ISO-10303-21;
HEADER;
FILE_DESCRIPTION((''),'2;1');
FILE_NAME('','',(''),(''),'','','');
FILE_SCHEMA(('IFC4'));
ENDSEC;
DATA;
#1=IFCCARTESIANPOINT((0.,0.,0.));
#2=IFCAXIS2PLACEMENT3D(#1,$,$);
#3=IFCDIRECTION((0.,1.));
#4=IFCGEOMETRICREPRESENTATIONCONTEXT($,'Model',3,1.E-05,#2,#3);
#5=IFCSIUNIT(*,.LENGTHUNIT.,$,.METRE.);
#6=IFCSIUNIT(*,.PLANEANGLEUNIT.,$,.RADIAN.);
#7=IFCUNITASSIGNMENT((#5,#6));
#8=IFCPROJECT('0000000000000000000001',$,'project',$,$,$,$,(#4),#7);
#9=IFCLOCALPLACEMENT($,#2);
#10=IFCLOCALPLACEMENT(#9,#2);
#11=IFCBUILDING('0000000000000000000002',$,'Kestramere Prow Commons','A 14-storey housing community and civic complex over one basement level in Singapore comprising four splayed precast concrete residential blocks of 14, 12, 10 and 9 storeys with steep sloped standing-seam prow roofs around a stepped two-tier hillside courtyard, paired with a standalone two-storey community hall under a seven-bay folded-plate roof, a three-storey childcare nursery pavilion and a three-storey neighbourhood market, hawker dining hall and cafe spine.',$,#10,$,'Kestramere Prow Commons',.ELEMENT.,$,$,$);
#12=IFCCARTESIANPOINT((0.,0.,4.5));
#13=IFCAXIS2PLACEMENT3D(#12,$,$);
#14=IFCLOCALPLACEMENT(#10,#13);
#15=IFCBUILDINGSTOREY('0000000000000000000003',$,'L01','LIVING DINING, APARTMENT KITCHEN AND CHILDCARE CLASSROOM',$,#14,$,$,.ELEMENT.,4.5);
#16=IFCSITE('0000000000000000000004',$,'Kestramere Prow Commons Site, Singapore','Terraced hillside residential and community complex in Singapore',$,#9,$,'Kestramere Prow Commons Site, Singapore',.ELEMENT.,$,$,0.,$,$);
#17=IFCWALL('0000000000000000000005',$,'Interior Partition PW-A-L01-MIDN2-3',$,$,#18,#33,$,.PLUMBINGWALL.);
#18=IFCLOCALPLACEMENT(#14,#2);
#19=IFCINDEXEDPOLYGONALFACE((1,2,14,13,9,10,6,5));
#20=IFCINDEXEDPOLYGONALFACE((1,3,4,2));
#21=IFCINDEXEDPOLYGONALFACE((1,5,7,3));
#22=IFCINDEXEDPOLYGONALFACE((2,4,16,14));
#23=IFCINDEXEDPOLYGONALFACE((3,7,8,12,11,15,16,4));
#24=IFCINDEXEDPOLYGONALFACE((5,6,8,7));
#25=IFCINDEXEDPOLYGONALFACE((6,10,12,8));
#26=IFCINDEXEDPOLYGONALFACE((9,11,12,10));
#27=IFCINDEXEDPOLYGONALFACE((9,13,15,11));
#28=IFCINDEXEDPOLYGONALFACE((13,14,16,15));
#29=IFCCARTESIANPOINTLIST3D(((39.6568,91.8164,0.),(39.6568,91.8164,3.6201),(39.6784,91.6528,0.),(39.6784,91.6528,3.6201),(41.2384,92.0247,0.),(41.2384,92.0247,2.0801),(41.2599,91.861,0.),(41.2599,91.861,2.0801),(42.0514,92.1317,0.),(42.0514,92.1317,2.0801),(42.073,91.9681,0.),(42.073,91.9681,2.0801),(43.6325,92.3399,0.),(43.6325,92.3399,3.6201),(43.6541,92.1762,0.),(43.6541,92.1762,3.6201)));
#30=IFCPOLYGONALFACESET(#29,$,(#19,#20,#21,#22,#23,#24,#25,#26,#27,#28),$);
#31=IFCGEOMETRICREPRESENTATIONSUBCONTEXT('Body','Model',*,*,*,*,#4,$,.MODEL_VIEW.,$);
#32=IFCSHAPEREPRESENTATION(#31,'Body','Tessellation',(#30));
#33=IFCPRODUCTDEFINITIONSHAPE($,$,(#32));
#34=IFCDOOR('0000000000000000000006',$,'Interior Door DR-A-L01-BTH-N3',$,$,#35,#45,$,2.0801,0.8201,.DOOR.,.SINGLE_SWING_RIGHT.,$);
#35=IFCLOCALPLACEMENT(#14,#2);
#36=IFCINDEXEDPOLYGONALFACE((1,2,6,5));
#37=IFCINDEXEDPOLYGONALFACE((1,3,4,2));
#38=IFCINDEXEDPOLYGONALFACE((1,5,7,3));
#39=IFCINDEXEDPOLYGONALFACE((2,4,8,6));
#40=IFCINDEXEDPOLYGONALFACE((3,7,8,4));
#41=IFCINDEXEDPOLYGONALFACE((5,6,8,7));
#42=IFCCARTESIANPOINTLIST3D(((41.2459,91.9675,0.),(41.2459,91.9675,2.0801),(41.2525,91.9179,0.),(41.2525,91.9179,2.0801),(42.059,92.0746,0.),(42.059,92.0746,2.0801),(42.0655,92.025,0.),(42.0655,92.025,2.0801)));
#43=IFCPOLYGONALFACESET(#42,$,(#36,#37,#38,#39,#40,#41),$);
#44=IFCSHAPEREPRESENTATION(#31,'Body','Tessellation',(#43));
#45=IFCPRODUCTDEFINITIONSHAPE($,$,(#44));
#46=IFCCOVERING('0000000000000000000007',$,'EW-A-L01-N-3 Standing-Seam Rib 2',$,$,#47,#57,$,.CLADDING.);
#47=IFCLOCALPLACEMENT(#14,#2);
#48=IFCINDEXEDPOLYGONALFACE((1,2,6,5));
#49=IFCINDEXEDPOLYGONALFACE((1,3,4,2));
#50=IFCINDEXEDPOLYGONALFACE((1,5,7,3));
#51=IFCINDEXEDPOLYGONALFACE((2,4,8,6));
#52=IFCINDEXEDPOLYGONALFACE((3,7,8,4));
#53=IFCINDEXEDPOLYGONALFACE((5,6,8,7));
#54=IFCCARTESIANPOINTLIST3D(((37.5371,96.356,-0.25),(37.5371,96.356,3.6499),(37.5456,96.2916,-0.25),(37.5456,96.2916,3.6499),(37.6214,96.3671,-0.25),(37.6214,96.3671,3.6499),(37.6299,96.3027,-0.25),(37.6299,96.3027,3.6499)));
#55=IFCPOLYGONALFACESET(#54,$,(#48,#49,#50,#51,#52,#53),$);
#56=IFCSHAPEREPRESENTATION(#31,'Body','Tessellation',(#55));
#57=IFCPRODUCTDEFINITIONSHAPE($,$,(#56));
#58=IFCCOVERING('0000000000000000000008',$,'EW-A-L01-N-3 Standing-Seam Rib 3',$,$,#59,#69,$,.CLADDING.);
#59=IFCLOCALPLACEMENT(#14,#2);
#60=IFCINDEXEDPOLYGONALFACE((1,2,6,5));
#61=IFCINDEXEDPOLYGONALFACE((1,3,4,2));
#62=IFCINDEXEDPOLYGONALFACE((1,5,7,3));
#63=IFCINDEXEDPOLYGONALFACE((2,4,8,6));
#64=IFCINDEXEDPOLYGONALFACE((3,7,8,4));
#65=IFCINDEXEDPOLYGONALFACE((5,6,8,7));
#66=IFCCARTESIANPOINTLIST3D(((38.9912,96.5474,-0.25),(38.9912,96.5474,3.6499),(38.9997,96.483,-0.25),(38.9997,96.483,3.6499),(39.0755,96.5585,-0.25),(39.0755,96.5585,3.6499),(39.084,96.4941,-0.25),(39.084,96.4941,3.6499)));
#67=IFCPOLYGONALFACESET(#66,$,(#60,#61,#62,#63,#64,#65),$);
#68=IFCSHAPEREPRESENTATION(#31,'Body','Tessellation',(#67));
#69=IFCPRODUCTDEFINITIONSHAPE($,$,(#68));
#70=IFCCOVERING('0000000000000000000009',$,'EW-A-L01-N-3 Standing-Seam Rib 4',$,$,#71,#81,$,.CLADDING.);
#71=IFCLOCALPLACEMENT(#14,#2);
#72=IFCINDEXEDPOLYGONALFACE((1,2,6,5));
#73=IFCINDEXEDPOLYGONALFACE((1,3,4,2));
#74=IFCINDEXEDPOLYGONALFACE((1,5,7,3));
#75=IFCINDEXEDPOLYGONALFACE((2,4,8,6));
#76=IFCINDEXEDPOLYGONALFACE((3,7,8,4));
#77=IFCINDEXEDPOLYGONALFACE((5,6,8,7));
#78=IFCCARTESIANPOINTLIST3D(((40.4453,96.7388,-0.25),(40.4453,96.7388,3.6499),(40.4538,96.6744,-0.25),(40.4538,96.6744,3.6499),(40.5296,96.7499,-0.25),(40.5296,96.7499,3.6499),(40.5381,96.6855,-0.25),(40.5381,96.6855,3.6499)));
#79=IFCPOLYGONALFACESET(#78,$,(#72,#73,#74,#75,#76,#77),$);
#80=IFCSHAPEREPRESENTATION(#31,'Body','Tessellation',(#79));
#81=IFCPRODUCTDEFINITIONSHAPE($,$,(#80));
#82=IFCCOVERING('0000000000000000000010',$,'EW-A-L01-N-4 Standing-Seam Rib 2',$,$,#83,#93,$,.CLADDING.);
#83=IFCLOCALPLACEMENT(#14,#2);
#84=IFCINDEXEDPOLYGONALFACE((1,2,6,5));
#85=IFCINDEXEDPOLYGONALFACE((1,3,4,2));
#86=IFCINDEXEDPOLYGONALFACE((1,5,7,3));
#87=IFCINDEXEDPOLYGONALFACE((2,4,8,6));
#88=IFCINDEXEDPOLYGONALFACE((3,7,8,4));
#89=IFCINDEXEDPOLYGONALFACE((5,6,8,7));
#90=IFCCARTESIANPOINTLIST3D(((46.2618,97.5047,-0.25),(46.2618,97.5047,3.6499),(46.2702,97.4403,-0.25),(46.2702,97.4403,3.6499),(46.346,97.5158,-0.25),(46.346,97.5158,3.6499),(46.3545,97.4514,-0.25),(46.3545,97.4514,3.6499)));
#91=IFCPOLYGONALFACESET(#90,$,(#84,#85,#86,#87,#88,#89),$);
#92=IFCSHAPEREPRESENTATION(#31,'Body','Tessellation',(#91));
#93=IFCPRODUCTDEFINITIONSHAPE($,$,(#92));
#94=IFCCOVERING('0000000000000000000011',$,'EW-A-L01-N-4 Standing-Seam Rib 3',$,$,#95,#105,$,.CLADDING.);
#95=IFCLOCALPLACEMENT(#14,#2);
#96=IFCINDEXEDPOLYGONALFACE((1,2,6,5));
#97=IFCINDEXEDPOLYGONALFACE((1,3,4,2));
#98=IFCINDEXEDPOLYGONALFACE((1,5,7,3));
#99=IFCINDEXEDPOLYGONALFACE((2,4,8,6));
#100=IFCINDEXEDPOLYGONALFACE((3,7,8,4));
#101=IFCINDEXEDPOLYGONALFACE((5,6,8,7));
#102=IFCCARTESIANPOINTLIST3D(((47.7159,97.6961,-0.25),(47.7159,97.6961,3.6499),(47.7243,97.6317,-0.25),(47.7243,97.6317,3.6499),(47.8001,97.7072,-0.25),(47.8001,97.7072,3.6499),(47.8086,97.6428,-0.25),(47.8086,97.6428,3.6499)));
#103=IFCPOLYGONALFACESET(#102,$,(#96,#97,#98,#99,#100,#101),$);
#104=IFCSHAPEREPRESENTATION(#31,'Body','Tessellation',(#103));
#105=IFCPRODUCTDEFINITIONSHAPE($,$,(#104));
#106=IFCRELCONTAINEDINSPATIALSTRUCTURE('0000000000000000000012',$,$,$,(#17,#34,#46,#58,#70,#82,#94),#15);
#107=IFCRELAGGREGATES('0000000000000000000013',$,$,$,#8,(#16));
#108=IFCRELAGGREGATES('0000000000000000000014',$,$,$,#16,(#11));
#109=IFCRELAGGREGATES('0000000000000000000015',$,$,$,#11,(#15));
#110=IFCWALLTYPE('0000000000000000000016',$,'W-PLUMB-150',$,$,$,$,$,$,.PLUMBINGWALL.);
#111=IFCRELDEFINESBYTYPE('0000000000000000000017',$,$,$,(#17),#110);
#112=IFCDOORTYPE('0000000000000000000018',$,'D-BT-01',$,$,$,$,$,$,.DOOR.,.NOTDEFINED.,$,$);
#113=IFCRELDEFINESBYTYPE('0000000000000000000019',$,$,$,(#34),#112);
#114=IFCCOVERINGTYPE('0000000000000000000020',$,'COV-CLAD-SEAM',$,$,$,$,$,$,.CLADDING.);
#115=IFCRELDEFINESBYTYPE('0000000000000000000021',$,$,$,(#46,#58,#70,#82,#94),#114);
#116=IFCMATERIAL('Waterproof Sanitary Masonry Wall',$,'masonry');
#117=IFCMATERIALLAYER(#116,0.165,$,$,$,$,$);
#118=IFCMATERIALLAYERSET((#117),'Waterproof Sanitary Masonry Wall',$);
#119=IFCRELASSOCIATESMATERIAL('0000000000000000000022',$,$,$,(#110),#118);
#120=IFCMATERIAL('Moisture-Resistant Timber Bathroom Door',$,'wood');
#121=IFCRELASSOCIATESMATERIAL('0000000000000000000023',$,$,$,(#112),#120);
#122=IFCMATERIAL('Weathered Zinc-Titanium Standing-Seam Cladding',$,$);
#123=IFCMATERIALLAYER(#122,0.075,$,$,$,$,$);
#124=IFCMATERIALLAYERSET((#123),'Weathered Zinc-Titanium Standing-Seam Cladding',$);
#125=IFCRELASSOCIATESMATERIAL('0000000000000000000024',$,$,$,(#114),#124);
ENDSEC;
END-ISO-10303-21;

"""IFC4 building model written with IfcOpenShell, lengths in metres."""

from ifc_helpers import new_model, si_unit, direction, frame, frame_2d, origin, origin_2d, place, context, subcontext, project, spatial, rectangle, extrude, material, layer, layer_set, type_object, element, fill, save


model = new_model("IFC4")

# Units and contexts
model_context = context("Model", 3, precision=1e-05, world=origin(), true_north=direction((0.0, 1.0)))
body_context = subcontext(model_context, "Body", "Model", "MODEL_VIEW")
ifc_project = project(units=[si_unit("LENGTHUNIT", "METRE"), si_unit("PLANEANGLEUNIT", "RADIAN")], contexts=[model_context])

# Site, building, storey
site_placement = place(None, origin())
site = spatial("IfcSite", under=ifc_project, at=site_placement, Name="Kestramere Prow Commons Site, Singapore", Description="Terraced hillside residential and community complex in Singapore", LongName="Kestramere Prow Commons Site, Singapore", CompositionType="ELEMENT", RefElevation=0.0)
building_placement = place(site_placement, origin())
building = spatial("IfcBuilding", under=site, at=building_placement, Name="Kestramere Prow Commons", Description="A 14-storey housing community and civic complex over one basement level in Singapore comprising four splayed precast concrete residential blocks of 14, 12, 10 and 9 storeys with steep sloped standing-seam prow roofs around a stepped two-tier hillside courtyard, paired with a standalone two-storey community hall under a seven-bay folded-plate roof, a three-storey childcare nursery pavilion and a three-storey neighbourhood market, hawker dining hall and cafe spine.", LongName="Kestramere Prow Commons", CompositionType="ELEMENT")
storey_placement = place(building_placement, frame((0.0, 0.0, 4.5)))
storey = spatial("IfcBuildingStorey", under=building, at=storey_placement, Name="L01", Description="LIVING DINING, APARTMENT KITCHEN AND CHILDCARE CLASSROOM", CompositionType="ELEMENT", Elevation=4.5)

# Wall, opening, door
ifc_material_1 = material(Name="Waterproof Sanitary Masonry Wall", Category="masonry")
ifc_layer_1 = layer(ifc_material_1, 0.165)
ifc_layer_set_1 = layer_set([ifc_layer_1], Name="Waterproof Sanitary Masonry Wall")
wall_type_1 = type_object("IfcWallType", Name="W-PLUMB-150", PredefinedType="PLUMBINGWALL", material=ifc_layer_set_1)
wall_1_placement = place(storey_placement, frame((39.6677, 91.7346, 0.0), z_axis=(0.0, 0.0, 1.0), x_axis=(0.991444, 0.130536, 0.0)))
wall_1 = element("IfcWall", 1, at=wall_1_placement, inside=storey, type_object=wall_type_1, Name="Interior Partition PW-A-L01-MIDN2-3", PredefinedType="PLUMBINGWALL", context=body_context, shape_type="SweptSolid", body=[
    extrude(rectangle(XDim=4.01, YDim=0.165, at=frame_2d((2.0049, 0.0))), origin(), (0.0, 0.0, 1.0), 3.6201),
])
opening_1_placement = place(wall_1_placement, frame((1.595, 0.0, 0.0)))
opening_1 = element("IfcOpeningElement", 2, at=opening_1_placement, cuts=wall_1, PredefinedType="OPENING", context=body_context, shape_type="SweptSolid", body=[
    extrude(rectangle(XDim=0.8201, YDim=2.0801, at=frame_2d((0.4102, 1.04))), frame((0.0, 0.0974, 0.0), z_axis=(0.0, -1.0, 0.0), x_axis=(1.0, 0.0, 0.0)), (0.0, 0.0, 1.0), 0.1951),
])
ifc_material_2 = material(Name="Moisture-Resistant Timber Bathroom Door", Category="wood")
door_type_1 = type_object("IfcDoorType", Name="D-BT-01", OperationType="NOTDEFINED", PredefinedType="DOOR", material=ifc_material_2)
door_1_placement = place(opening_1_placement, origin())
door_1 = element("IfcDoor", 3, at=door_1_placement, inside=storey, type_object=door_type_1, Name="Interior Door DR-A-L01-BTH-N3", OperationType="SINGLE_SWING_RIGHT", OverallHeight=2.0801, OverallWidth=0.8201, PredefinedType="DOOR", context=body_context, shape_type="SweptSolid", body=[
    extrude(rectangle(XDim=0.8201, YDim=2.0801, at=frame_2d((0.4102, 1.04))), frame((0.0, 0.0249, 0.0), z_axis=(0.0, -1.0, 0.0), x_axis=(1.0, 0.0, 0.0)), (0.0, 0.0, 1.0), 0.05),
])
fill(opening_1, door_1)

# Coverings
ifc_material_3 = material(Name="Weathered Zinc-Titanium Standing-Seam Cladding")
ifc_layer_2 = layer(ifc_material_3, 0.075)
ifc_layer_set_2 = layer_set([ifc_layer_2], Name="Weathered Zinc-Titanium Standing-Seam Cladding")
covering_type = type_object("IfcCoveringType", Name="COV-CLAD-SEAM", PredefinedType="CLADDING", material=ifc_layer_set_2)
for number, where, z_axis, x_axis, name in (
    (4, (37.5835, 96.3293, -0.25), (0.0, 0.0, 1.0), (0.991445, 0.130526, 0.0), "EW-A-L01-N-3 Standing-Seam Rib 2"),
    (5, (39.0376, 96.5208, -0.25), (0.0, 0.0, 1.0), (0.991445, 0.130526, 0.0), "EW-A-L01-N-3 Standing-Seam Rib 3"),
    (6, (40.4917, 96.7122, -0.25), (0.0, 0.0, 1.0), (0.991445, 0.130526, 0.0), "EW-A-L01-N-3 Standing-Seam Rib 4"),
    (7, (46.3081, 97.478, -0.25), (0.0, 0.0, 1.0), (0.991445, 0.130526, 0.0), "EW-A-L01-N-4 Standing-Seam Rib 2"),
    (8, (47.7622, 97.6694, -0.25), (0.0, 0.0, 1.0), (0.991445, 0.130526, 0.0), "EW-A-L01-N-4 Standing-Seam Rib 3"),
):
    element("IfcCovering", number, at=place(storey_placement, frame(where, z_axis=z_axis, x_axis=x_axis)), inside=storey, type_object=covering_type, Name=name, PredefinedType="CLADDING", context=body_context, shape_type="SweptSolid", body=[
        extrude(rectangle(XDim=0.085, YDim=0.0649, at=origin_2d()), origin(), (0.0, 0.0, 1.0), 3.8999),
    ])

save(model, "model.ifc")
